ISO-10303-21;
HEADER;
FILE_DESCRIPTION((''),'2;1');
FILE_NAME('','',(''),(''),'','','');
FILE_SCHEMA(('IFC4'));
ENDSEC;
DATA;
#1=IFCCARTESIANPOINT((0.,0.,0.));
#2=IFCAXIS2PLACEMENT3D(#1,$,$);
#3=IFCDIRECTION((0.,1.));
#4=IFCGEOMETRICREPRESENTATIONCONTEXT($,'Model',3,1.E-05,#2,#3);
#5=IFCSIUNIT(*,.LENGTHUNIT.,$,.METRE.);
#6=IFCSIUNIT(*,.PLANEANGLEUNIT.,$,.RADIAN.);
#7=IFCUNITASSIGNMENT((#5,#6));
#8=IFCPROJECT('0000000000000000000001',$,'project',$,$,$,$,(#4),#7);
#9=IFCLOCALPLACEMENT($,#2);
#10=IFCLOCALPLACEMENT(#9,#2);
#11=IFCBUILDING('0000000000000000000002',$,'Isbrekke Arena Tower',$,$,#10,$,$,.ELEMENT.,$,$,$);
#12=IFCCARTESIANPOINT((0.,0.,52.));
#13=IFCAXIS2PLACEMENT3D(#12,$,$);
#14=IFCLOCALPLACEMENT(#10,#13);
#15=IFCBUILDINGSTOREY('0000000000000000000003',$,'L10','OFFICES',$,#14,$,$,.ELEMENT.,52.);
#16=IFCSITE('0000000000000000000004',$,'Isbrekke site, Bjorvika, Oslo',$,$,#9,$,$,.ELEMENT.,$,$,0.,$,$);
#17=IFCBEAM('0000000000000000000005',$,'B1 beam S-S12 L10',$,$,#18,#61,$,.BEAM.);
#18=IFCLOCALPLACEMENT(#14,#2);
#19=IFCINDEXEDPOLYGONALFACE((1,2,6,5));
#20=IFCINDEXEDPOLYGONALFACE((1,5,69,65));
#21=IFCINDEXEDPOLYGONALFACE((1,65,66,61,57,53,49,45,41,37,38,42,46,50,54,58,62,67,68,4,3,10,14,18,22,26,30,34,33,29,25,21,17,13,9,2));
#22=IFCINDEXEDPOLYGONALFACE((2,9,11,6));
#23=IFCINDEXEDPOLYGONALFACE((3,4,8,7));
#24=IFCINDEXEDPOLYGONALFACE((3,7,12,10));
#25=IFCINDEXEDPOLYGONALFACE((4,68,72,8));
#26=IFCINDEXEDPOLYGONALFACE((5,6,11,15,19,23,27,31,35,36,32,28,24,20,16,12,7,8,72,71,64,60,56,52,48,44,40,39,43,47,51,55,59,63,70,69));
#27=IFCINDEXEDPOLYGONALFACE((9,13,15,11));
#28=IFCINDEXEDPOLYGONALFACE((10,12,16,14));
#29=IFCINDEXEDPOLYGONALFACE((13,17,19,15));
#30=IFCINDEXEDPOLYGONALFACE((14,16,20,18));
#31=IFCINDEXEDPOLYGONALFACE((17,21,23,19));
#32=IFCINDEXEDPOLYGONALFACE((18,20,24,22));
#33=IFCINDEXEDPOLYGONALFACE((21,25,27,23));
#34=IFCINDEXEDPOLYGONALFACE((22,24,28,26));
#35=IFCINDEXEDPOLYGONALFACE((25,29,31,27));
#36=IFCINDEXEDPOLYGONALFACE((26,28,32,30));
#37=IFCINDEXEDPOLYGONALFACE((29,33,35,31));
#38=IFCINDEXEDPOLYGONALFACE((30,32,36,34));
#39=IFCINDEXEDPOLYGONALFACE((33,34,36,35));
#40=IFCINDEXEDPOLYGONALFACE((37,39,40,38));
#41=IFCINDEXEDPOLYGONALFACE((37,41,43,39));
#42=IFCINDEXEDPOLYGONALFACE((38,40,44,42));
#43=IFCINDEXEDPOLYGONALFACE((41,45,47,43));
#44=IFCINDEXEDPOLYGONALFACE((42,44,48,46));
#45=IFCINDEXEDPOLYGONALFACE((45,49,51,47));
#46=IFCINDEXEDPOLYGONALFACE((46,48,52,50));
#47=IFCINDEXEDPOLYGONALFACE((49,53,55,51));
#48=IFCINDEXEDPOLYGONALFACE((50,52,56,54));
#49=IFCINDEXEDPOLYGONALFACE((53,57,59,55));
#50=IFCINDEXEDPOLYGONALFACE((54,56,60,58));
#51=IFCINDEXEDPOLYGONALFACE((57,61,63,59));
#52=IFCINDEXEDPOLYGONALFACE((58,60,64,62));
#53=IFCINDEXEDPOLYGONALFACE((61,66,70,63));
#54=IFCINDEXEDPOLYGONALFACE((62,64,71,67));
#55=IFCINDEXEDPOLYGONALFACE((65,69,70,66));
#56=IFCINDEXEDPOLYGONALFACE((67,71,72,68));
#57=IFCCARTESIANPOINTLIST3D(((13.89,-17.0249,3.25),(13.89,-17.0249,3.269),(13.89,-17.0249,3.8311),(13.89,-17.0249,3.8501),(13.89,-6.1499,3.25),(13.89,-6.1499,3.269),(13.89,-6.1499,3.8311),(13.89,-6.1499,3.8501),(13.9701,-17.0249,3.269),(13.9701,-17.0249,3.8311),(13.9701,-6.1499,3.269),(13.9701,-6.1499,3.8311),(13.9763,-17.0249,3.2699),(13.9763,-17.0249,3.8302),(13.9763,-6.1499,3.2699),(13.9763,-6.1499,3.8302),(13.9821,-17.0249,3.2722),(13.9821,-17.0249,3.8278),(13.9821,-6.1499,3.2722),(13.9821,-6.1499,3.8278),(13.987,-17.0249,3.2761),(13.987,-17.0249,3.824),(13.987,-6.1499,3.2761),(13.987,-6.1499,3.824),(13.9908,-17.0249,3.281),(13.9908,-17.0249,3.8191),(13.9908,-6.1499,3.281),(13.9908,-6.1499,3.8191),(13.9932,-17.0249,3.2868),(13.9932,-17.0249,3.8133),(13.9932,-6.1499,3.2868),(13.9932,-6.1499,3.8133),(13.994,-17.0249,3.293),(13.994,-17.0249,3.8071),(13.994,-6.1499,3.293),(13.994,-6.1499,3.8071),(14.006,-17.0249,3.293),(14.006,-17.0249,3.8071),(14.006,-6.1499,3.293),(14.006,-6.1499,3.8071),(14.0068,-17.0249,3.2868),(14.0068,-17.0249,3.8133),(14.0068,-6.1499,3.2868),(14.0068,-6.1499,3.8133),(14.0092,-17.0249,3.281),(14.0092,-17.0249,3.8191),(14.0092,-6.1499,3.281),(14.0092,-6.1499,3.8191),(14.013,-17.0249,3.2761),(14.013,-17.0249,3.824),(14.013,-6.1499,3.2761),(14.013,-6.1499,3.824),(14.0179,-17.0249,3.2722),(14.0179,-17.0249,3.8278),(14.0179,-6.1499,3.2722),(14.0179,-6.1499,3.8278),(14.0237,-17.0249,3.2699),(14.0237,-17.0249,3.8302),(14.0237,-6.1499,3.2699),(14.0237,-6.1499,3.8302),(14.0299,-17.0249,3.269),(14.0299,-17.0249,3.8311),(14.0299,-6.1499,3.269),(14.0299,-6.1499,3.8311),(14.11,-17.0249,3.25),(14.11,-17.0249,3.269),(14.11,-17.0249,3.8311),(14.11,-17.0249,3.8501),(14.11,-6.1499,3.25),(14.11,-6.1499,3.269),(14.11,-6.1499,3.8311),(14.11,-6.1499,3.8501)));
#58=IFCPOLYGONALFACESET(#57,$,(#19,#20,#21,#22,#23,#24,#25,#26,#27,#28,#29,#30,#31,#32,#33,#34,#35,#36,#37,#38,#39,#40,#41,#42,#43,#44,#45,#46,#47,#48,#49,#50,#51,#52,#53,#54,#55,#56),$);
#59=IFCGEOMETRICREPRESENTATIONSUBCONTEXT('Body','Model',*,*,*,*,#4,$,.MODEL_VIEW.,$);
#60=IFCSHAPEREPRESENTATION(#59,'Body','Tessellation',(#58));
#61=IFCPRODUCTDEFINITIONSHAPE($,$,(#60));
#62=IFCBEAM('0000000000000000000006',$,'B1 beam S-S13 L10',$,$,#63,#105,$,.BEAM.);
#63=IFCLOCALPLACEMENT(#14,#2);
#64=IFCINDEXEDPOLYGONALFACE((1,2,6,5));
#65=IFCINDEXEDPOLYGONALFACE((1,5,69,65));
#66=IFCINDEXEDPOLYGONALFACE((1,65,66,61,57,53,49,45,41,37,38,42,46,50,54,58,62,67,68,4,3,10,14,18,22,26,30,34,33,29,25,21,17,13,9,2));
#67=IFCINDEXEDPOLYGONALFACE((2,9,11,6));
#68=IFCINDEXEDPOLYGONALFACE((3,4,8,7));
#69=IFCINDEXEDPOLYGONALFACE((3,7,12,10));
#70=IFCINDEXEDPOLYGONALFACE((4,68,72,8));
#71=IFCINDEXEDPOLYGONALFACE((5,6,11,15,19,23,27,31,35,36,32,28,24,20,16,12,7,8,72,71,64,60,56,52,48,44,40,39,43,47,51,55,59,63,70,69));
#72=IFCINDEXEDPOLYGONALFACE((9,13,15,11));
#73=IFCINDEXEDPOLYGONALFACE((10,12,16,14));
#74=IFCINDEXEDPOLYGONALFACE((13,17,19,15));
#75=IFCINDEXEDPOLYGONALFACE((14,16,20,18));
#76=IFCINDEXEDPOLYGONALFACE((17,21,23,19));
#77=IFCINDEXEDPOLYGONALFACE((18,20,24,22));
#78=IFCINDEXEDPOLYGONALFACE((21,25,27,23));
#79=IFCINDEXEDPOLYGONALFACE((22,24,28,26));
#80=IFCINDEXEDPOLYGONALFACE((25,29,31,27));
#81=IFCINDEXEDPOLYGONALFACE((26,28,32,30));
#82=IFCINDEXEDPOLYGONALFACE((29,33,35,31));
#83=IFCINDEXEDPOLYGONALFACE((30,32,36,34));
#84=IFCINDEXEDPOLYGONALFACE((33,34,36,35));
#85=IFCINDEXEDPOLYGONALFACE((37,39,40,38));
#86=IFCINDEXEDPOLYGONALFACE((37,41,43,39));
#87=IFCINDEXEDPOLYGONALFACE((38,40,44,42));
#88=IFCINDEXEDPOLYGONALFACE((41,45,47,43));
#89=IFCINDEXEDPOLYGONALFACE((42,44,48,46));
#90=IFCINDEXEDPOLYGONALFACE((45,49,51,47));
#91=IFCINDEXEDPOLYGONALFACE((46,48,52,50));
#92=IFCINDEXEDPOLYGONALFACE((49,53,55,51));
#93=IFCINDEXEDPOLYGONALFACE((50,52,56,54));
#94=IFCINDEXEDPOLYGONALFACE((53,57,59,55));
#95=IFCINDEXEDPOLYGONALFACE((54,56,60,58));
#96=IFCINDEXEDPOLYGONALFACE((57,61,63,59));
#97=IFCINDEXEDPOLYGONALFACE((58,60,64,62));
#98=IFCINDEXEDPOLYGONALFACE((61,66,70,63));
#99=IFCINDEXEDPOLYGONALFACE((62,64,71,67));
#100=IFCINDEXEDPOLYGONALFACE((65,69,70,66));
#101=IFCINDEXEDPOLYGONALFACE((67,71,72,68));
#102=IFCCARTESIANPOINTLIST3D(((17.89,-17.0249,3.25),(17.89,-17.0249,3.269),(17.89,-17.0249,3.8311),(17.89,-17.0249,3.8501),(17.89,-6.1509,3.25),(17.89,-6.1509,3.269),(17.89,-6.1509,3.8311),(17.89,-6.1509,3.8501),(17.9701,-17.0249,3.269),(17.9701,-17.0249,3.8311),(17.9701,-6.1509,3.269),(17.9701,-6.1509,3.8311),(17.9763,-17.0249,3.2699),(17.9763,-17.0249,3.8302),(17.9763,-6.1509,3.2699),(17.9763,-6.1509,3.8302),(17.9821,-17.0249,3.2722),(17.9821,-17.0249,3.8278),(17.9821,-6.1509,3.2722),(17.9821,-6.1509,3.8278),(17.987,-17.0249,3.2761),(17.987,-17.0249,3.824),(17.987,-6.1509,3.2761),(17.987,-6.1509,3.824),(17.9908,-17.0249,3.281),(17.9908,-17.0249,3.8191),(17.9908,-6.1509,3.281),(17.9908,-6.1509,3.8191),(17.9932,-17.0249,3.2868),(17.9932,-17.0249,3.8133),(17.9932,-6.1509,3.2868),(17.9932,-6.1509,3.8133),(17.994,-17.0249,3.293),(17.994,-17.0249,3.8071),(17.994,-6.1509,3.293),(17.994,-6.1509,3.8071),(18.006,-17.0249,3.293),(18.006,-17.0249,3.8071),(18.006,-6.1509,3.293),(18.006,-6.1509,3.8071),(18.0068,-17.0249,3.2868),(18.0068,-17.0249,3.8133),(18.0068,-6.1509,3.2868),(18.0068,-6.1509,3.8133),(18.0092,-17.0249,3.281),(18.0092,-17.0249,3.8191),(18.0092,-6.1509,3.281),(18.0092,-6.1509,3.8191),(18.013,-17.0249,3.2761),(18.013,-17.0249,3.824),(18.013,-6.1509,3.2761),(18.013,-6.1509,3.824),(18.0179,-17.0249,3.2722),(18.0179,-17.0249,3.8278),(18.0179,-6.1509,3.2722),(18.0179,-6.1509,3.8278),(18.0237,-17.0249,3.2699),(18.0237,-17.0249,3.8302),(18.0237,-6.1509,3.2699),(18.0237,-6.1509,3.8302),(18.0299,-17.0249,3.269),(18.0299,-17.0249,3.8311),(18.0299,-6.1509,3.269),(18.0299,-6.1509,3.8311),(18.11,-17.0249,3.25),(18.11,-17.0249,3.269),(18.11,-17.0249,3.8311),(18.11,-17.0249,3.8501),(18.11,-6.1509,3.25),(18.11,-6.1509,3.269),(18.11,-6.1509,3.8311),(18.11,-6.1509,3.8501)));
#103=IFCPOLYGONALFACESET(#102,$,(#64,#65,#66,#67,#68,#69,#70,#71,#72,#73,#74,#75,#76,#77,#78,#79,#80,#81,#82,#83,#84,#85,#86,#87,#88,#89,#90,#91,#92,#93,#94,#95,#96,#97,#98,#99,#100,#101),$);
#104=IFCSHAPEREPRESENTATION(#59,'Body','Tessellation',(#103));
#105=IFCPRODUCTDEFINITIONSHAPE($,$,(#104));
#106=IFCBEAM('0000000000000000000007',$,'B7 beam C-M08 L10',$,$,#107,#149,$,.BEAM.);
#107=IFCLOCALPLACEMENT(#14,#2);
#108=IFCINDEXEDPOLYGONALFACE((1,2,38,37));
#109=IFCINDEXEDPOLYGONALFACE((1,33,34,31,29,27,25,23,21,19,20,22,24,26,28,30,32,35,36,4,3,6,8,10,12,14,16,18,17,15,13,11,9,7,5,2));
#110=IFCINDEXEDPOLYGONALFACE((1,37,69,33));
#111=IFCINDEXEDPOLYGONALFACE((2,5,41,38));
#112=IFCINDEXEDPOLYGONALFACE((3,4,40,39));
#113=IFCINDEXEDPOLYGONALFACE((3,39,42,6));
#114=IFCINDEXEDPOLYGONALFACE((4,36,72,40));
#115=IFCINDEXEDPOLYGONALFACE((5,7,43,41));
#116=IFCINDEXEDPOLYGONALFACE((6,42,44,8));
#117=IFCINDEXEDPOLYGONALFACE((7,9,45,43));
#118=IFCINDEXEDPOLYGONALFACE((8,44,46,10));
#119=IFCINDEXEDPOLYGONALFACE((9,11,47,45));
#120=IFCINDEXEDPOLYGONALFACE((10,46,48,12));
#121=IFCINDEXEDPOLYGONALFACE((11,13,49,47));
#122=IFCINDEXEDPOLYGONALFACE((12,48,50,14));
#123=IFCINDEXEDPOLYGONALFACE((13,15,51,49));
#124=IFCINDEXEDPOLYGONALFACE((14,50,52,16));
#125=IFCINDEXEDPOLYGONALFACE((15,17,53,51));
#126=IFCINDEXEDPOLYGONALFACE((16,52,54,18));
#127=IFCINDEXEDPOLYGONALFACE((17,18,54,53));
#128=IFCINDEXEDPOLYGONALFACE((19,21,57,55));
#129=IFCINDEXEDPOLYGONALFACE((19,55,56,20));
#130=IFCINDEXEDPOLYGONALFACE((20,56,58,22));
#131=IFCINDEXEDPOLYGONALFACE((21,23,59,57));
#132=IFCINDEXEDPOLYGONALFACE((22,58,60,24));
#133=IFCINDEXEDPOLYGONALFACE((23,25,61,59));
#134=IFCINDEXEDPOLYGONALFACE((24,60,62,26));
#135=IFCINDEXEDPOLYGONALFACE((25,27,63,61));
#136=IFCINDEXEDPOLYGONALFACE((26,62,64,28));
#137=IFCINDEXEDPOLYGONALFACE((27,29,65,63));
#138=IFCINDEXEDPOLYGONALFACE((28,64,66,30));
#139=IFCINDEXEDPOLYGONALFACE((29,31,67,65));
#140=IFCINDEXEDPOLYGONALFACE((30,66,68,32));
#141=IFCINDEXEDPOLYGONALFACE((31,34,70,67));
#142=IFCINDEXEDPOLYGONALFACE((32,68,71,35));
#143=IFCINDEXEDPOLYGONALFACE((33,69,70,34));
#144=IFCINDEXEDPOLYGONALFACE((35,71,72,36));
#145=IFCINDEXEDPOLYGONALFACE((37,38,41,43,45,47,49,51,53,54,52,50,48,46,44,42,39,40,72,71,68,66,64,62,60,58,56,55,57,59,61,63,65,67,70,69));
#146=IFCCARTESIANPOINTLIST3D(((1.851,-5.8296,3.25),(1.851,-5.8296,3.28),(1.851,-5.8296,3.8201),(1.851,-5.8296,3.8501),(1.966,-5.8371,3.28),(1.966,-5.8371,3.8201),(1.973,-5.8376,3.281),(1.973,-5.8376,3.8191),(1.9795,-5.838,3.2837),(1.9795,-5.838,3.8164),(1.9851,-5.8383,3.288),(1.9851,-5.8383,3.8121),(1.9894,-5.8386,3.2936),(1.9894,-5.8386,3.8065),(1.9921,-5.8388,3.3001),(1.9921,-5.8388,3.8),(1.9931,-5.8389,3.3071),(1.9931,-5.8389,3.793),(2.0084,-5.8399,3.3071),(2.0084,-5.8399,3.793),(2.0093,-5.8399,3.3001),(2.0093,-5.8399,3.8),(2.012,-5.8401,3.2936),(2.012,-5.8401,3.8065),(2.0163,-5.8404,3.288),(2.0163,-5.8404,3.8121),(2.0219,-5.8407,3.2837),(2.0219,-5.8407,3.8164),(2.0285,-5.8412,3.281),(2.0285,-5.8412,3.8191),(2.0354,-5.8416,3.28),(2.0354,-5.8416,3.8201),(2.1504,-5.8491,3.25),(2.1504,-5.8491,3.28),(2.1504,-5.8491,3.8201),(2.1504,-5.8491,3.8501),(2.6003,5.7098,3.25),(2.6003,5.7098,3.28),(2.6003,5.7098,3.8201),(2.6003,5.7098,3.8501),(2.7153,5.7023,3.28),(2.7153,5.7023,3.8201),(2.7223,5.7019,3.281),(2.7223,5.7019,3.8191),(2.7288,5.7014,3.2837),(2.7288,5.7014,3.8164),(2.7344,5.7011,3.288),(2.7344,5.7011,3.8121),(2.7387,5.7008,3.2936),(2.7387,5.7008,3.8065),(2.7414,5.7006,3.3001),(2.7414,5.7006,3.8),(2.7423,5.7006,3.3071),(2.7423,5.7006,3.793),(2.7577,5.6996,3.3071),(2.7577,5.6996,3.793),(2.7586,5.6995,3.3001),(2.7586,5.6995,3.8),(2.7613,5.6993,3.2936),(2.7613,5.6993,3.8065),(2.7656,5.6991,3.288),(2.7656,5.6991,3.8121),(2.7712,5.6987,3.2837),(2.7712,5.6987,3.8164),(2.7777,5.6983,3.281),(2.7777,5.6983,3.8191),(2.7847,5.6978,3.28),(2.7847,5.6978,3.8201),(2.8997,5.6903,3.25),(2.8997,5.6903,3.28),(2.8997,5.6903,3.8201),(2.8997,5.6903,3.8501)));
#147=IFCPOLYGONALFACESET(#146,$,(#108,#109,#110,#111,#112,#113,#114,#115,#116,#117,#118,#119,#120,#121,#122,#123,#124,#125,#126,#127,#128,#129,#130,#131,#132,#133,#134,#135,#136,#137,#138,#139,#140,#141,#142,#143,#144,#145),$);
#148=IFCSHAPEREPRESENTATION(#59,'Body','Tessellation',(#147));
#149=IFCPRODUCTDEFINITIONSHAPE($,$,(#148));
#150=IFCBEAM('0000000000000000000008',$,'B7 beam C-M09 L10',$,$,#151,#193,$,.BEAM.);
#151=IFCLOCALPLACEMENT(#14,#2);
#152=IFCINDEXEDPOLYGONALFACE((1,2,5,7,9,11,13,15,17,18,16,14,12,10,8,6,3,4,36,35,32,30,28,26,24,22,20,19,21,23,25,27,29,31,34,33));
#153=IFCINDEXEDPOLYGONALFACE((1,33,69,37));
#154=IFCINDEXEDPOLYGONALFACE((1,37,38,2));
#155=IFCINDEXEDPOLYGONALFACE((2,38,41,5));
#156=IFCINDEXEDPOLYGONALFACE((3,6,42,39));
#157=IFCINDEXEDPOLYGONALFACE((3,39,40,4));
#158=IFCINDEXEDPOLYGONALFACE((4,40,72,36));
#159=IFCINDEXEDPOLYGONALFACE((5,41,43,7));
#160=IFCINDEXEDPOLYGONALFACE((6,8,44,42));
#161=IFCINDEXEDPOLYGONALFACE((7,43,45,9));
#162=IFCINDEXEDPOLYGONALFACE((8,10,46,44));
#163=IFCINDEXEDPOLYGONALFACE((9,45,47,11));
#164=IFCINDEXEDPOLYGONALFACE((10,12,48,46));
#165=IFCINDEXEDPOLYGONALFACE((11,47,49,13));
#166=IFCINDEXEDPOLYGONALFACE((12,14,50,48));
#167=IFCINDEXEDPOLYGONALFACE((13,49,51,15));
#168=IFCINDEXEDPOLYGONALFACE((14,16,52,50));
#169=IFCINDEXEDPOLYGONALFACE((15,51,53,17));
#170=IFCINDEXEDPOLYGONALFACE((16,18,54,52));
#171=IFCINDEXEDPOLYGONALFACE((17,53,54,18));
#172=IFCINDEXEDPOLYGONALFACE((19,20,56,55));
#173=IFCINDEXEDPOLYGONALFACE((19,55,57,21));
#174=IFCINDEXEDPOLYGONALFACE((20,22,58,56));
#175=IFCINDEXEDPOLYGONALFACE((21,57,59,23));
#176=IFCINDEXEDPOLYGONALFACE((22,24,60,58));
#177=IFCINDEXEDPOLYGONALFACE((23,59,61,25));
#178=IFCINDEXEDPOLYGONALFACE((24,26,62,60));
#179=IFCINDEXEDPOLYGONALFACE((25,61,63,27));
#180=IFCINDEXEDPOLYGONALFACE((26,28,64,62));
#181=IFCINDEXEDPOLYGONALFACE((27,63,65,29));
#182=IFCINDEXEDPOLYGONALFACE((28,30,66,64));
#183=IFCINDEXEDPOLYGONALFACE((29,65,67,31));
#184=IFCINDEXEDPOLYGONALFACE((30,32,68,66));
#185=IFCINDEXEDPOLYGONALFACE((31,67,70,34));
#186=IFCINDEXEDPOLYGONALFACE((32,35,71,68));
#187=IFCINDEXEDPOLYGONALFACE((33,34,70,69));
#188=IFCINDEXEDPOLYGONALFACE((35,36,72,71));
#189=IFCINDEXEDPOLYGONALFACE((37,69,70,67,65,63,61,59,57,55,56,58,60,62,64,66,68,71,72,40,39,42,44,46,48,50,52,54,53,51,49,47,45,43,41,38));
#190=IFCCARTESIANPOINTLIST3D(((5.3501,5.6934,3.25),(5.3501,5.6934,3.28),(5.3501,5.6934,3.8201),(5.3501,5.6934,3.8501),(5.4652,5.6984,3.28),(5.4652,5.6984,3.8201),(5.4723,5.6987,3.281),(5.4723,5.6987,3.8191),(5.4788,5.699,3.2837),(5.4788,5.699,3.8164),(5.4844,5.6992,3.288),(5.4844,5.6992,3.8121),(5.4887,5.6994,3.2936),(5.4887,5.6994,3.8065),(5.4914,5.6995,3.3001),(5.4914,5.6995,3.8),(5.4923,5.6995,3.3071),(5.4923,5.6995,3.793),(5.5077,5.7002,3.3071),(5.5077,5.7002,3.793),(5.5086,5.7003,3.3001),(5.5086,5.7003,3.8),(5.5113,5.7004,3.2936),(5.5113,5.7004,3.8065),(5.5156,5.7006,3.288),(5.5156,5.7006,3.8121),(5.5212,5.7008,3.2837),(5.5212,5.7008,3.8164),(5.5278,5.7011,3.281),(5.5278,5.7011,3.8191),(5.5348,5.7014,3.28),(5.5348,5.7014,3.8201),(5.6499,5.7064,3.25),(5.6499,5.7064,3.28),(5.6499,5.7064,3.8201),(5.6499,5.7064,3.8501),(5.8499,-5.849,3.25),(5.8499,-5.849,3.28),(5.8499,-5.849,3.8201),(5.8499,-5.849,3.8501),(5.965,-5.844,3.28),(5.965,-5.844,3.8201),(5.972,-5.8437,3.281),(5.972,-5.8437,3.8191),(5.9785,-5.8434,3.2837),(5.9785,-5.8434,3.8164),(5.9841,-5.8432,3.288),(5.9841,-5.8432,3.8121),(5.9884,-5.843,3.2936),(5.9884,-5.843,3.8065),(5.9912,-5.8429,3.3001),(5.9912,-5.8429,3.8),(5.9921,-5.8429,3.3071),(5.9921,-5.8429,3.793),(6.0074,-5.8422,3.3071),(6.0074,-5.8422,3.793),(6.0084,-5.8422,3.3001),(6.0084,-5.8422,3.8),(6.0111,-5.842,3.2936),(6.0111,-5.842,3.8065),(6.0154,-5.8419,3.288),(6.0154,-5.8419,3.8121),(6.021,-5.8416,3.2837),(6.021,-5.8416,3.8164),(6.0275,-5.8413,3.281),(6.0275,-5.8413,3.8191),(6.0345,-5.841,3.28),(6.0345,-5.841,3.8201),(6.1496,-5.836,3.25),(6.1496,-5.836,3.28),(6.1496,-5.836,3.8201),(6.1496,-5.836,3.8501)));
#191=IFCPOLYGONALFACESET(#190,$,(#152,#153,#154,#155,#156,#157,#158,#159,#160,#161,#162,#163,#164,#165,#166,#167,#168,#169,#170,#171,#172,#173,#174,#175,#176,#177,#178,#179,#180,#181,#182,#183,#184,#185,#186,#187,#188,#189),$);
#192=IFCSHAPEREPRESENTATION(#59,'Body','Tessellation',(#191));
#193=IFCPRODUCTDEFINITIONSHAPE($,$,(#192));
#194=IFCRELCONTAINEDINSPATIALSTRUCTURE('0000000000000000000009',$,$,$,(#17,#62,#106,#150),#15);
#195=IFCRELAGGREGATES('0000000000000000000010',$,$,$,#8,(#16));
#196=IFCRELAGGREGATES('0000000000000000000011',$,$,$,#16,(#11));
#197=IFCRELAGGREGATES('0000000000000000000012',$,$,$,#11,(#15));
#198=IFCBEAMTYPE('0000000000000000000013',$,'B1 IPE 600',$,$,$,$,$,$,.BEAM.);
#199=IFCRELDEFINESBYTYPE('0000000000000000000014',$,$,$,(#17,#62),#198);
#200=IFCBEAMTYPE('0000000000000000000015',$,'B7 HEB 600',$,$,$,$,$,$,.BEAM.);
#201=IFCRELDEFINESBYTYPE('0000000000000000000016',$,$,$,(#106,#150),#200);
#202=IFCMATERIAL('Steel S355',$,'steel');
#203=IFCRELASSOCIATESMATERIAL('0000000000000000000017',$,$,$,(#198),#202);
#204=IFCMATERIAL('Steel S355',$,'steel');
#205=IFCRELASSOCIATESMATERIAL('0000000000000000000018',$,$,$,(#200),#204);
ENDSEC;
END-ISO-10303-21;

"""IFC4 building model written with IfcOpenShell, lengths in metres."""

from ifc_helpers import new_model, si_unit, direction, frame, origin, origin_2d, place, context, subcontext, project, spatial, i_section, extrude, material, material_profile, profile_set, type_object, element, save


model = new_model("IFC4")

# Units and contexts
model_context = context("Model", 3, precision=1e-05, world=origin(), true_north=direction((0.0, 1.0)))
body_context = subcontext(model_context, "Body", "Model", "MODEL_VIEW")
ifc_project = project(units=[si_unit("LENGTHUNIT", "METRE"), si_unit("PLANEANGLEUNIT", "RADIAN")], contexts=[model_context])

# Site, building, storey
site_placement = place(None, origin())
site = spatial("IfcSite", under=ifc_project, at=site_placement, Name="Isbrekke site, Bjorvika, Oslo", CompositionType="ELEMENT", RefElevation=0.0)
building_placement = place(site_placement, origin())
building = spatial("IfcBuilding", under=site, at=building_placement, Name="Isbrekke Arena Tower", CompositionType="ELEMENT")
storey_placement = place(building_placement, frame((0.0, 0.0, 52.0)))
storey = spatial("IfcBuildingStorey", under=building, at=storey_placement, Name="L10", Description="OFFICES", CompositionType="ELEMENT", Elevation=52.0)

# Beams
ifc_material_1 = material(Name="Steel S355", Category="steel")
ifc_material_profile_1 = material_profile(ifc_material_1, i_section(OverallWidth=0.22, OverallDepth=0.6001, WebThickness=0.012, FlangeThickness=0.019, FilletRadius=0.0239, at=origin_2d()), Name="IPE 600")
ifc_profile_set_1 = profile_set([ifc_material_profile_1], Name="Steel S355")
beam_type_1 = type_object("IfcBeamType", Name="B1 IPE 600", PredefinedType="BEAM", material=ifc_profile_set_1)
beam_1_placement = place(storey_placement, frame((14.0, -17.0249, 3.55), z_axis=(0.0, 1.0, 0.0), x_axis=(-1.0, 0.0, 0.0)))
element("IfcBeam", 1, at=beam_1_placement, inside=storey, type_object=beam_type_1, Name="B1 beam S-S12 L10", PredefinedType="BEAM", context=body_context, shape_type="SweptSolid", body=[
    extrude(i_section(OverallWidth=0.22, OverallDepth=0.6001, WebThickness=0.012, FlangeThickness=0.019, FilletRadius=0.0239, at=origin_2d()), origin(), (0.0, 0.0, 1.0), 10.875),
])
beam_2_placement = place(storey_placement, frame((18.0, -17.0249, 3.55), z_axis=(0.0, 1.0, 0.0), x_axis=(-1.0, 0.0, 0.0)))
element("IfcBeam", 2, at=beam_2_placement, inside=storey, type_object=beam_type_1, Name="B1 beam S-S13 L10", PredefinedType="BEAM", context=body_context, shape_type="SweptSolid", body=[
    extrude(i_section(OverallWidth=0.22, OverallDepth=0.6001, WebThickness=0.012, FlangeThickness=0.019, FilletRadius=0.0239, at=origin_2d()), origin(), (0.0, 0.0, 1.0), 10.874),
])
ifc_material_2 = material(Name="Steel S355", Category="steel")
ifc_material_profile_2 = material_profile(ifc_material_2, i_section(OverallWidth=0.3, OverallDepth=0.6001, WebThickness=0.0154, FlangeThickness=0.03, FilletRadius=0.0271, at=origin_2d()), Name="HEB 600")
ifc_profile_set_2 = profile_set([ifc_material_profile_2], Name="Steel S355")
beam_type_2 = type_object("IfcBeamType", Name="B7 HEB 600", PredefinedType="BEAM", material=ifc_profile_set_2)
beam_3_placement = place(storey_placement, frame((2.0007, -5.8394, 3.55), z_axis=(0.064795, 0.997899, 0.0), x_axis=(-0.997899, 0.064795, 0.0)))
element("IfcBeam", 3, at=beam_3_placement, inside=storey, type_object=beam_type_2, Name="B7 beam C-M08 L10", PredefinedType="BEAM", context=body_context, shape_type="SweptSolid", body=[
    extrude(i_section(OverallWidth=0.3, OverallDepth=0.6001, WebThickness=0.0154, FlangeThickness=0.03, FilletRadius=0.0271, at=origin_2d()), origin(), (0.0, 0.0, 1.0), 11.5637),
])
beam_4_placement = place(storey_placement, frame((5.9998, -5.8425, 3.55), z_axis=(-0.043257, 0.999064, 0.0), x_axis=(-0.999064, -0.043257, 0.0)))
element("IfcBeam", 4, at=beam_4_placement, inside=storey, type_object=beam_type_2, Name="B7 beam C-M09 L10", PredefinedType="BEAM", context=body_context, shape_type="SweptSolid", body=[
    extrude(i_section(OverallWidth=0.3, OverallDepth=0.6001, WebThickness=0.0154, FlangeThickness=0.03, FilletRadius=0.0271, at=origin_2d()), origin(), (0.0, 0.0, 1.0), 11.5532),
])

save(model, "model.ifc")
